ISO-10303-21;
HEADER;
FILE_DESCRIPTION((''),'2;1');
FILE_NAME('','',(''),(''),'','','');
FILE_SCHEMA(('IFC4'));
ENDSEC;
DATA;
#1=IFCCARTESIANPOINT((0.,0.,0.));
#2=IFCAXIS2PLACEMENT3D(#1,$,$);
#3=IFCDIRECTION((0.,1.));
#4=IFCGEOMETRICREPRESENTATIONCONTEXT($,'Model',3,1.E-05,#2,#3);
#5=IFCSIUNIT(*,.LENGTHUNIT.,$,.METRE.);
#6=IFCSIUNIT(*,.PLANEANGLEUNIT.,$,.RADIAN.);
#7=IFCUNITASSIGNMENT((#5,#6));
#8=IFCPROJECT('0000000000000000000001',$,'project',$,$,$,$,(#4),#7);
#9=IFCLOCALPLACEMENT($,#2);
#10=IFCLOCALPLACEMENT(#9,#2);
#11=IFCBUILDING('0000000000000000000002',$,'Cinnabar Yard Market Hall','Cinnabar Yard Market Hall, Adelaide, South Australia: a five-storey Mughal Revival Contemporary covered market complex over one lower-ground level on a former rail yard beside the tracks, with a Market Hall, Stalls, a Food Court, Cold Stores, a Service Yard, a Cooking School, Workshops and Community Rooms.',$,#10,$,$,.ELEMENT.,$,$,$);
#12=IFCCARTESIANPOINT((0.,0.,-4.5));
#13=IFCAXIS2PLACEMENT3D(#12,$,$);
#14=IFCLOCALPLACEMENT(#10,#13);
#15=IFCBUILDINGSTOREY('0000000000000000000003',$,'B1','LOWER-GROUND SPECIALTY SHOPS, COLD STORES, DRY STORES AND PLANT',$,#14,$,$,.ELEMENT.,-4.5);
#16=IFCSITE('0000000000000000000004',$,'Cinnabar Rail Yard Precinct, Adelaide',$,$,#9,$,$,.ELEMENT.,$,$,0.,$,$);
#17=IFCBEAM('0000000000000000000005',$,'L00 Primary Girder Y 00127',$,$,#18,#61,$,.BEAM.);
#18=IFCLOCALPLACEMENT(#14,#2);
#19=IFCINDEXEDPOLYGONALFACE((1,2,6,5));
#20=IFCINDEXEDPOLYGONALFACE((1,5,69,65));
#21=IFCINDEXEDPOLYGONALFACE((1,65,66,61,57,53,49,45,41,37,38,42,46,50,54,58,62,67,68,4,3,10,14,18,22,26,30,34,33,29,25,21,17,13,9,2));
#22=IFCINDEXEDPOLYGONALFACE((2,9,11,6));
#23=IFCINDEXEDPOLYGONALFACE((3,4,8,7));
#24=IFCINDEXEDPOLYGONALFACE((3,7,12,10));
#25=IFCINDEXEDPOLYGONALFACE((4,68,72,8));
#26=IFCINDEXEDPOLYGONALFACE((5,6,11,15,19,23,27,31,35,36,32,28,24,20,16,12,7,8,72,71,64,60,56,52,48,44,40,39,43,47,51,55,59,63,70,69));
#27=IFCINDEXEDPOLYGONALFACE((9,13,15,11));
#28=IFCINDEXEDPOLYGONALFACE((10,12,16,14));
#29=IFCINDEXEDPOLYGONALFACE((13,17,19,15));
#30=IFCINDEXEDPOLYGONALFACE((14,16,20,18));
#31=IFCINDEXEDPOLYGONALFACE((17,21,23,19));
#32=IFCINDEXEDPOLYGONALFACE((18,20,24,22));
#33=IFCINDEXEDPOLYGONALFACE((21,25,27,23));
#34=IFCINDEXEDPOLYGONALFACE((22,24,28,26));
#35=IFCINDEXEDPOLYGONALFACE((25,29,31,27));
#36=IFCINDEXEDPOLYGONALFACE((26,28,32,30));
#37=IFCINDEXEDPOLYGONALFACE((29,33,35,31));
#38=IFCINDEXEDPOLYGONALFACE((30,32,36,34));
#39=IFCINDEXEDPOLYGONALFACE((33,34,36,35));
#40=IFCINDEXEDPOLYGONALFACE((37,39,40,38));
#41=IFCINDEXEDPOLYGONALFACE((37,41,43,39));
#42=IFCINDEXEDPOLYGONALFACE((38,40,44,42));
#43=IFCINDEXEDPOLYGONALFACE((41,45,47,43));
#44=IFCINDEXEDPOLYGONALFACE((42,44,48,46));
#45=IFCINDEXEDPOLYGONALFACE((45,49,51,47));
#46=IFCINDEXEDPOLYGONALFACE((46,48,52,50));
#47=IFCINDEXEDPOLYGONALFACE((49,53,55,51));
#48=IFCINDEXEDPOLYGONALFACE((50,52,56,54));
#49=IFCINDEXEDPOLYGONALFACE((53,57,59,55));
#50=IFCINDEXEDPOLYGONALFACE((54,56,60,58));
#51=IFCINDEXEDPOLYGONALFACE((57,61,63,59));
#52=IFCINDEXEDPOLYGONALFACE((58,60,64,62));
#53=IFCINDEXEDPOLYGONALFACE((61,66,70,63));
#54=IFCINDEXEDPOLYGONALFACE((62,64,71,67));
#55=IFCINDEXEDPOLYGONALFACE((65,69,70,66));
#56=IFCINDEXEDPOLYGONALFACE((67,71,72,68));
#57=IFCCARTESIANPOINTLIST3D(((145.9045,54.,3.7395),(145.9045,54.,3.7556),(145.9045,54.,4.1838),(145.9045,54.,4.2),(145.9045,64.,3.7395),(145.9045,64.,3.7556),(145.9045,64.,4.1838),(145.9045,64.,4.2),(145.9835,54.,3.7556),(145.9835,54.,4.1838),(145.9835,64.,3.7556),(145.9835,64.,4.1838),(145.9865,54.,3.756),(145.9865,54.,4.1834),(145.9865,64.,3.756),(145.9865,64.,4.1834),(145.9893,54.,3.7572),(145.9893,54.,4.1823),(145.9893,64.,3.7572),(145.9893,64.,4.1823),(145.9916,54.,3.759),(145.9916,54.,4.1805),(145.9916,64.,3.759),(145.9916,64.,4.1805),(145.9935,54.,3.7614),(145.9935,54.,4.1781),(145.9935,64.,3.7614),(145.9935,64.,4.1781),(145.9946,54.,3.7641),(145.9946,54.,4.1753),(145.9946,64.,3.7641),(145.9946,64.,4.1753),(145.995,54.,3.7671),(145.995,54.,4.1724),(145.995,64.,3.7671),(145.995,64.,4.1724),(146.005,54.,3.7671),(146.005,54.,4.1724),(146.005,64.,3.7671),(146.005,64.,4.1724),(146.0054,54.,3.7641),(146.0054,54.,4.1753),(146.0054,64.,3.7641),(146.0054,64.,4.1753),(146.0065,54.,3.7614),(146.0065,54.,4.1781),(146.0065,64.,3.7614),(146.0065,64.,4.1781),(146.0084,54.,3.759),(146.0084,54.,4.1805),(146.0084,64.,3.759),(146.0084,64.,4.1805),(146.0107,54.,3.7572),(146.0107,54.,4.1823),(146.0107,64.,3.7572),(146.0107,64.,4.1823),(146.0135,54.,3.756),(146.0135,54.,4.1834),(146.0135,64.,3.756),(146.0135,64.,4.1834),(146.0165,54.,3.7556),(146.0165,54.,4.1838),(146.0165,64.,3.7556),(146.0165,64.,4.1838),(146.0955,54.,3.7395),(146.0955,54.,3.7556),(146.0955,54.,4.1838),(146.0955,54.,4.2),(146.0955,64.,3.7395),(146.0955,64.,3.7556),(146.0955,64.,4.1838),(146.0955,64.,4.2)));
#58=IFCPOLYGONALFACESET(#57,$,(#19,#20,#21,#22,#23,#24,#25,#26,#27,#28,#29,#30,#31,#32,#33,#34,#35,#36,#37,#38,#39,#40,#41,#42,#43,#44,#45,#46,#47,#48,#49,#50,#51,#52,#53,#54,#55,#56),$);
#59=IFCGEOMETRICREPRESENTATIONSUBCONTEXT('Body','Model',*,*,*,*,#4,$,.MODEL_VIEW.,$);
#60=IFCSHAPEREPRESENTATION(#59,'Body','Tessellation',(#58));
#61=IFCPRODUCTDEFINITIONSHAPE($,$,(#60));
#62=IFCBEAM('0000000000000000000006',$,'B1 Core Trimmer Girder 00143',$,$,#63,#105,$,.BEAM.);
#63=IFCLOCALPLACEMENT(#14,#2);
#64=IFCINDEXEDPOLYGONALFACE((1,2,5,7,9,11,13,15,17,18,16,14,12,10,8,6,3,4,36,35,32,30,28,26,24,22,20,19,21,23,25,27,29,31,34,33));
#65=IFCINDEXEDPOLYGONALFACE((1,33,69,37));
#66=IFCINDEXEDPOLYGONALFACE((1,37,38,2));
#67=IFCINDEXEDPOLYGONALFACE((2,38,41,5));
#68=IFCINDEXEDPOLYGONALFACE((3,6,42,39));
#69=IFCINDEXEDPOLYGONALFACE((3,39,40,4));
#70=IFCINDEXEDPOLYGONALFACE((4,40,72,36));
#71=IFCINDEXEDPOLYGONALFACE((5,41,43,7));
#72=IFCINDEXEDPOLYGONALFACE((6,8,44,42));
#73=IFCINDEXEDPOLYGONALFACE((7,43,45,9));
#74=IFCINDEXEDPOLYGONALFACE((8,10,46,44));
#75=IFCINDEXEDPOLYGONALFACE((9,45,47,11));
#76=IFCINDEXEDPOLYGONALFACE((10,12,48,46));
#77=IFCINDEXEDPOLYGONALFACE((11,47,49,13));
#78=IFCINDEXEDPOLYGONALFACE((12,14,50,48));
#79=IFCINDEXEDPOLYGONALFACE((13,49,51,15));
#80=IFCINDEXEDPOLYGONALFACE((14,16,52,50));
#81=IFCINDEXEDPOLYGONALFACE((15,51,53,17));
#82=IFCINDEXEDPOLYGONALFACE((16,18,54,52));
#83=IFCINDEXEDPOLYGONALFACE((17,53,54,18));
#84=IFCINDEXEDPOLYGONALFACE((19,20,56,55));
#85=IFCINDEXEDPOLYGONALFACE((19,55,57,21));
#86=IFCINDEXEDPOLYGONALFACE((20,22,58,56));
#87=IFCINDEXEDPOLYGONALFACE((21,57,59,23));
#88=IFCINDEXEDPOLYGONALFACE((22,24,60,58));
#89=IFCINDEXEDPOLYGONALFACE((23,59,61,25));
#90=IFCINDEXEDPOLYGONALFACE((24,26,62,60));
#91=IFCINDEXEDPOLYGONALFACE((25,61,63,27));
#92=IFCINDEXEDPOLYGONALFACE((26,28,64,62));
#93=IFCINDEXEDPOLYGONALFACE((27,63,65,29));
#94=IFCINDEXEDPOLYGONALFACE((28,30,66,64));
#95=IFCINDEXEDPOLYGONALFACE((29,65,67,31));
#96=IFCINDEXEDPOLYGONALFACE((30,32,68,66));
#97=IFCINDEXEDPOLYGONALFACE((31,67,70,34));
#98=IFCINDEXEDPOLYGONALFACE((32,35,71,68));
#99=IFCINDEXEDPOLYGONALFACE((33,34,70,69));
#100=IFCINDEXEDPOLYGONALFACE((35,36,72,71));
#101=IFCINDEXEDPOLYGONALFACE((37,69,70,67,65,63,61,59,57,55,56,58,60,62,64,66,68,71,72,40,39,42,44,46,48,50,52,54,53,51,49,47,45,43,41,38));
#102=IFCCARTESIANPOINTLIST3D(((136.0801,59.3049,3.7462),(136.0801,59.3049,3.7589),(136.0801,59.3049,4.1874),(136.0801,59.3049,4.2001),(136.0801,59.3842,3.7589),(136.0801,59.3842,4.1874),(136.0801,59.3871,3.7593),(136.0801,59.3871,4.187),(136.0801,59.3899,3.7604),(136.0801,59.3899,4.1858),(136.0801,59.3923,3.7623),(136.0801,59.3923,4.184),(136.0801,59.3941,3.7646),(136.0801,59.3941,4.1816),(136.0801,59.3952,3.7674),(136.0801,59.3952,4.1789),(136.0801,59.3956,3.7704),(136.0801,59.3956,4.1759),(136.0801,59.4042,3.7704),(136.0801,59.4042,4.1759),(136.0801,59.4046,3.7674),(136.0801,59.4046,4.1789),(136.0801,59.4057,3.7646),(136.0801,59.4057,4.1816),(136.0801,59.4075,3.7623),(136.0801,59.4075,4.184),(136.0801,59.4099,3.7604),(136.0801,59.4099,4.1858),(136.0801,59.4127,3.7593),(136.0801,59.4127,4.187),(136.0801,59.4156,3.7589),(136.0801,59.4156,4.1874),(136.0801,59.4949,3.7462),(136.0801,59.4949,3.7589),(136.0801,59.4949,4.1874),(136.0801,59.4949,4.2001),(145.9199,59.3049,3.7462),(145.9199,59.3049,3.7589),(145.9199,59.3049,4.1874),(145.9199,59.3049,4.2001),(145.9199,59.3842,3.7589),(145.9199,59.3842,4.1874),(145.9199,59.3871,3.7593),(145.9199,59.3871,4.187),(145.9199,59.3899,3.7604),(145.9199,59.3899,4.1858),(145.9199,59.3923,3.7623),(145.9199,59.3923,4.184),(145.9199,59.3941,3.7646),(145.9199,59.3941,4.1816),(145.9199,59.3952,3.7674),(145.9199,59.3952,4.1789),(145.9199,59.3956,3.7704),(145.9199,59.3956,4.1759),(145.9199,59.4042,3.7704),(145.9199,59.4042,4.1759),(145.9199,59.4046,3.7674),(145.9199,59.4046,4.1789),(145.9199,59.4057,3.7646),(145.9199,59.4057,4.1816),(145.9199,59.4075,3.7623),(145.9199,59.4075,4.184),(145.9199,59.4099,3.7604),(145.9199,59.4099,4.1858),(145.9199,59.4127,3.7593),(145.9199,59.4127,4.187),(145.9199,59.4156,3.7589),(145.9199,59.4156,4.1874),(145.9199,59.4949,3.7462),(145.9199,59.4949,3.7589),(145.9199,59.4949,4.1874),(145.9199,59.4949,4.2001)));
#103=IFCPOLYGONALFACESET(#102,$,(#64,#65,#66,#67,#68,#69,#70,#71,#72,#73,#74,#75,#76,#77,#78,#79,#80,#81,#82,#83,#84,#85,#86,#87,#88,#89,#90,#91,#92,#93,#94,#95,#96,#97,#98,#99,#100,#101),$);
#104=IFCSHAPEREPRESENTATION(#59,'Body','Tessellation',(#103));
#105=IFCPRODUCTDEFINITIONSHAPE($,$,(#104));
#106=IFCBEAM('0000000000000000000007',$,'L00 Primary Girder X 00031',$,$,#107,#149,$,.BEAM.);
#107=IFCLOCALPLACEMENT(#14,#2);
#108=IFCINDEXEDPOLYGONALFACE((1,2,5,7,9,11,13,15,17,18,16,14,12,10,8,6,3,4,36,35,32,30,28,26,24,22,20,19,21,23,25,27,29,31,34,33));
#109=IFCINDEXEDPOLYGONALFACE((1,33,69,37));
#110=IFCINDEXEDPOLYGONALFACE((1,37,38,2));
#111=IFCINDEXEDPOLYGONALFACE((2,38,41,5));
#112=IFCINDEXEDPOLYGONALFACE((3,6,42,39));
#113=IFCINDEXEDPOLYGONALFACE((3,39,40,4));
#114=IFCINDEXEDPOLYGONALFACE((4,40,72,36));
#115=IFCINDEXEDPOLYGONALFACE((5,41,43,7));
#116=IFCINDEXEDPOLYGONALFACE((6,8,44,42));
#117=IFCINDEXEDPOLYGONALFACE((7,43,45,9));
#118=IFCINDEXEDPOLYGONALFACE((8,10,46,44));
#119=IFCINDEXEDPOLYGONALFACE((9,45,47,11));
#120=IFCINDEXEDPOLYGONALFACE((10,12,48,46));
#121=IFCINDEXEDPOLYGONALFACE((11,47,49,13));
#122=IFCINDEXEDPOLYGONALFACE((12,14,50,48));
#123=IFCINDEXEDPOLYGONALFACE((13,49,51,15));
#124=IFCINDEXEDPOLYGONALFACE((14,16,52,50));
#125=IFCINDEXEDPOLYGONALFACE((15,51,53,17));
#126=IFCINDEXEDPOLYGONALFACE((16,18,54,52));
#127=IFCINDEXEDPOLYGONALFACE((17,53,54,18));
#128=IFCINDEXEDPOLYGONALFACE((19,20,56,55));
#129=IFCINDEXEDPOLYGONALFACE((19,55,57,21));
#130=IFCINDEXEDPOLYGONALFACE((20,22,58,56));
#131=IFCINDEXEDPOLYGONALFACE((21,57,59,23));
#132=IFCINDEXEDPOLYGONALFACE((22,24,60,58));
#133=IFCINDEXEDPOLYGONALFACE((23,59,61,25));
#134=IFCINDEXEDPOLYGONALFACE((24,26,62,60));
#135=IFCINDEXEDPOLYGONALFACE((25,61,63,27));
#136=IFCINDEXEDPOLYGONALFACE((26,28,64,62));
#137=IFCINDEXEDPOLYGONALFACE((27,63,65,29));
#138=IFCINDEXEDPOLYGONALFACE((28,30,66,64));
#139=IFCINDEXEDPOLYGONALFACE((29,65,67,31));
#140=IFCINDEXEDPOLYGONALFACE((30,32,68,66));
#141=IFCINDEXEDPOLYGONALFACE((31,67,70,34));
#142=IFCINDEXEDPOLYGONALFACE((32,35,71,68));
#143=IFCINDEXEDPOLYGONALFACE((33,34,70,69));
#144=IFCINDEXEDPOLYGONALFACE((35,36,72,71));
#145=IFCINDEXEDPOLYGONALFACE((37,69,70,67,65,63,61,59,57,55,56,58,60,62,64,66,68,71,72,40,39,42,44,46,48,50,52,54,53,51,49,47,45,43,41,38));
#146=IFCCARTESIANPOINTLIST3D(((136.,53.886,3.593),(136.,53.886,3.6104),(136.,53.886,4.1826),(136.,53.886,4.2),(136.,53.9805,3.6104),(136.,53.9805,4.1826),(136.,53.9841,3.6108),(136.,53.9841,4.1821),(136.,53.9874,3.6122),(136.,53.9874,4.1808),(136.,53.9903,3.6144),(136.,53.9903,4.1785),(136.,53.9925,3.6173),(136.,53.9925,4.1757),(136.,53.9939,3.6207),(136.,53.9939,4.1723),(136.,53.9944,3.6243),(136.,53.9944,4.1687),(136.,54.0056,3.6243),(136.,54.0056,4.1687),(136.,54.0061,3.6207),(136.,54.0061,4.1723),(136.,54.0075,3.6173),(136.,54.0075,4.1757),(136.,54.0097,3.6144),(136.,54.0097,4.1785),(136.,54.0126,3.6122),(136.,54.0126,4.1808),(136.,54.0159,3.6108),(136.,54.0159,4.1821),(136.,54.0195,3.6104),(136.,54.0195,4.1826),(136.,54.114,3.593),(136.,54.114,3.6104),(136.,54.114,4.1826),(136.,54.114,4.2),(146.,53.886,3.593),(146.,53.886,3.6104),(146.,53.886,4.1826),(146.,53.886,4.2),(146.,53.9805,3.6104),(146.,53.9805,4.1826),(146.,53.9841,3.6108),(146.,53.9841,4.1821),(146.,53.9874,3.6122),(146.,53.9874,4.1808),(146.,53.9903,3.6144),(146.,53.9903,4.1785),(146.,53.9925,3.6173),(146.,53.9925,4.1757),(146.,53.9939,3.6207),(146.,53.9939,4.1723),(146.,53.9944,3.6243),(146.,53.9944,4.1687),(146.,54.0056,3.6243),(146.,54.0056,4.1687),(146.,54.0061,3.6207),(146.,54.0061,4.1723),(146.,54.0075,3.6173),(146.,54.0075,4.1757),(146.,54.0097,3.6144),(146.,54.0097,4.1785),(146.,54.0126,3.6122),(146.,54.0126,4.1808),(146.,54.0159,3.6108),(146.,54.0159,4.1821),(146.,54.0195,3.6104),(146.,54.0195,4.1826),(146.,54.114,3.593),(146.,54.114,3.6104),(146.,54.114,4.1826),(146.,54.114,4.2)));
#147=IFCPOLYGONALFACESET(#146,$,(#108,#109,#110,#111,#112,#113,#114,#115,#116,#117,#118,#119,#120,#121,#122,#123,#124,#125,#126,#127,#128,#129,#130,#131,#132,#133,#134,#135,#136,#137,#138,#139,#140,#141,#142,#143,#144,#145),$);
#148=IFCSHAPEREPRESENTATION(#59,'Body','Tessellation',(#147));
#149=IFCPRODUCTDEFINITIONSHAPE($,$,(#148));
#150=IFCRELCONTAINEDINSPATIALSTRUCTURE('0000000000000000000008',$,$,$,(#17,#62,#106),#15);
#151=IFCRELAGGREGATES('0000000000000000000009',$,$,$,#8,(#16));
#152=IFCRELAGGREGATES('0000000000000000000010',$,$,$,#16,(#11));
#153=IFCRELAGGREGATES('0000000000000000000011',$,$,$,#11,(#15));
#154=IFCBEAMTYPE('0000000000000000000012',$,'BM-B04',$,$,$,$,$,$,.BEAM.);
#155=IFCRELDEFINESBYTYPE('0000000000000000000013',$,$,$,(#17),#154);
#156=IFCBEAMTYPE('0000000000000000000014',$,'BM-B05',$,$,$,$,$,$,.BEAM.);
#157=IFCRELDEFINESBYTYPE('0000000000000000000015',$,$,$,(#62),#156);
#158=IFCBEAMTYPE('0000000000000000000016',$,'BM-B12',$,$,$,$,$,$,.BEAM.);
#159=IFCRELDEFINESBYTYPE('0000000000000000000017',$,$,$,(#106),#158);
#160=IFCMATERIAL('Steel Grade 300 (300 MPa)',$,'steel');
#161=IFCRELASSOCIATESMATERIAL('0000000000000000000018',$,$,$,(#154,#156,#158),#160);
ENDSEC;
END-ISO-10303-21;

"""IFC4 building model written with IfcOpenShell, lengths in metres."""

from ifc_helpers import new_model, si_unit, direction, frame, origin, origin_2d_with_axis, place, context, subcontext, project, spatial, i_section, extrude, material, material_profile, profile_set, type_object, element, save


model = new_model("IFC4")

# Units and contexts
model_context = context("Model", 3, precision=1e-05, world=origin(), true_north=direction((0.0, 1.0)))
body_context = subcontext(model_context, "Body", "Model", "MODEL_VIEW")
ifc_project = project(units=[si_unit("LENGTHUNIT", "METRE"), si_unit("PLANEANGLEUNIT", "RADIAN")], contexts=[model_context])

# Site, building, storey
site_placement = place(None, origin())
site = spatial("IfcSite", under=ifc_project, at=site_placement, Name="Cinnabar Rail Yard Precinct, Adelaide", CompositionType="ELEMENT", RefElevation=0.0)
building_placement = place(site_placement, origin())
building = spatial("IfcBuilding", under=site, at=building_placement, Name="Cinnabar Yard Market Hall", Description="Cinnabar Yard Market Hall, Adelaide, South Australia: a five-storey Mughal Revival Contemporary covered market complex over one lower-ground level on a former rail yard beside the tracks, with a Market Hall, Stalls, a Food Court, Cold Stores, a Service Yard, a Cooking School, Workshops and Community Rooms.", CompositionType="ELEMENT")
storey_placement = place(building_placement, frame((0.0, 0.0, -4.5)))
storey = spatial("IfcBuildingStorey", under=building, at=storey_placement, Name="B1", Description="LOWER-GROUND SPECIALTY SHOPS, COLD STORES, DRY STORES AND PLANT", CompositionType="ELEMENT", Elevation=-4.5)

# Beams
ifc_material_1 = material(Name="Steel Grade 300 (300 MPa)", Category="steel")
ifc_material_profile_1 = material_profile(ifc_material_1, i_section(OverallWidth=0.1909, OverallDepth=0.4604, WebThickness=0.01, FlangeThickness=0.0161, FilletRadius=0.0115, at=origin_2d_with_axis()), Name="460UB82.1")
ifc_profile_set_1 = profile_set([ifc_material_profile_1], Name="Steel Grade 300 (300 MPa)")
beam_type_1 = type_object("IfcBeamType", Name="BM-B04", PredefinedType="BEAM", material=ifc_profile_set_1)
for number, where, z_axis, x_axis, name in (
    (1, (146.0, 54.0, 3.9697), (0.0, 1.0, 0.0), (-1.0, 0.0, 0.0), "L00 Primary Girder Y 00127"),
):
    element("IfcBeam", number, at=place(storey_placement, frame(where, z_axis=z_axis, x_axis=x_axis)), inside=storey, type_object=beam_type_1, Name=name, PredefinedType="BEAM", context=body_context, shape_type="SweptSolid", body=[
        extrude(i_section(OverallWidth=0.1909, OverallDepth=0.4604, WebThickness=0.01, FlangeThickness=0.0161, FilletRadius=0.0115, at=origin_2d_with_axis()), origin(), (0.0, 0.0, 1.0), 10.0),
    ])
ifc_material_profile_2 = material_profile(ifc_material_1, i_section(OverallWidth=0.1899, OverallDepth=0.4539, WebThickness=0.0085, FlangeThickness=0.0127, FilletRadius=0.0115, at=origin_2d_with_axis()), Name="460UB67.1")
ifc_profile_set_2 = profile_set([ifc_material_profile_2], Name="Steel Grade 300 (300 MPa)")
beam_type_2 = type_object("IfcBeamType", Name="BM-B05", PredefinedType="BEAM", material=ifc_profile_set_2)
beam_1_placement = place(storey_placement, frame((136.0801, 59.3999, 3.9731), z_axis=(1.0, 0.0, 0.0), x_axis=(0.0, 1.0, 0.0)))
element("IfcBeam", 2, at=beam_1_placement, inside=storey, type_object=beam_type_2, Name="B1 Core Trimmer Girder 00143", PredefinedType="BEAM", context=body_context, shape_type="SweptSolid", body=[
    extrude(i_section(OverallWidth=0.1899, OverallDepth=0.4539, WebThickness=0.0085, FlangeThickness=0.0127, FilletRadius=0.0115, at=origin_2d_with_axis()), origin(), (0.0, 0.0, 1.0), 9.8398),
])
ifc_material_profile_3 = material_profile(ifc_material_1, i_section(OverallWidth=0.228, OverallDepth=0.6069, WebThickness=0.0112, FlangeThickness=0.0173, FilletRadius=0.0139, at=origin_2d_with_axis()), Name="610UB113")
ifc_profile_set_3 = profile_set([ifc_material_profile_3], Name="Steel Grade 300 (300 MPa)")
beam_type_3 = type_object("IfcBeamType", Name="BM-B12", PredefinedType="BEAM", material=ifc_profile_set_3)
beam_2_placement = place(storey_placement, frame((136.0, 54.0, 3.8965), z_axis=(1.0, 0.0, 0.0), x_axis=(0.0, 1.0, 0.0)))
element("IfcBeam", 3, at=beam_2_placement, inside=storey, type_object=beam_type_3, Name="L00 Primary Girder X 00031", PredefinedType="BEAM", context=body_context, shape_type="SweptSolid", body=[
    extrude(i_section(OverallWidth=0.228, OverallDepth=0.6069, WebThickness=0.0112, FlangeThickness=0.0173, FilletRadius=0.0139, at=origin_2d_with_axis()), origin(), (0.0, 0.0, 1.0), 10.0),
])

save(model, "model.ifc")
